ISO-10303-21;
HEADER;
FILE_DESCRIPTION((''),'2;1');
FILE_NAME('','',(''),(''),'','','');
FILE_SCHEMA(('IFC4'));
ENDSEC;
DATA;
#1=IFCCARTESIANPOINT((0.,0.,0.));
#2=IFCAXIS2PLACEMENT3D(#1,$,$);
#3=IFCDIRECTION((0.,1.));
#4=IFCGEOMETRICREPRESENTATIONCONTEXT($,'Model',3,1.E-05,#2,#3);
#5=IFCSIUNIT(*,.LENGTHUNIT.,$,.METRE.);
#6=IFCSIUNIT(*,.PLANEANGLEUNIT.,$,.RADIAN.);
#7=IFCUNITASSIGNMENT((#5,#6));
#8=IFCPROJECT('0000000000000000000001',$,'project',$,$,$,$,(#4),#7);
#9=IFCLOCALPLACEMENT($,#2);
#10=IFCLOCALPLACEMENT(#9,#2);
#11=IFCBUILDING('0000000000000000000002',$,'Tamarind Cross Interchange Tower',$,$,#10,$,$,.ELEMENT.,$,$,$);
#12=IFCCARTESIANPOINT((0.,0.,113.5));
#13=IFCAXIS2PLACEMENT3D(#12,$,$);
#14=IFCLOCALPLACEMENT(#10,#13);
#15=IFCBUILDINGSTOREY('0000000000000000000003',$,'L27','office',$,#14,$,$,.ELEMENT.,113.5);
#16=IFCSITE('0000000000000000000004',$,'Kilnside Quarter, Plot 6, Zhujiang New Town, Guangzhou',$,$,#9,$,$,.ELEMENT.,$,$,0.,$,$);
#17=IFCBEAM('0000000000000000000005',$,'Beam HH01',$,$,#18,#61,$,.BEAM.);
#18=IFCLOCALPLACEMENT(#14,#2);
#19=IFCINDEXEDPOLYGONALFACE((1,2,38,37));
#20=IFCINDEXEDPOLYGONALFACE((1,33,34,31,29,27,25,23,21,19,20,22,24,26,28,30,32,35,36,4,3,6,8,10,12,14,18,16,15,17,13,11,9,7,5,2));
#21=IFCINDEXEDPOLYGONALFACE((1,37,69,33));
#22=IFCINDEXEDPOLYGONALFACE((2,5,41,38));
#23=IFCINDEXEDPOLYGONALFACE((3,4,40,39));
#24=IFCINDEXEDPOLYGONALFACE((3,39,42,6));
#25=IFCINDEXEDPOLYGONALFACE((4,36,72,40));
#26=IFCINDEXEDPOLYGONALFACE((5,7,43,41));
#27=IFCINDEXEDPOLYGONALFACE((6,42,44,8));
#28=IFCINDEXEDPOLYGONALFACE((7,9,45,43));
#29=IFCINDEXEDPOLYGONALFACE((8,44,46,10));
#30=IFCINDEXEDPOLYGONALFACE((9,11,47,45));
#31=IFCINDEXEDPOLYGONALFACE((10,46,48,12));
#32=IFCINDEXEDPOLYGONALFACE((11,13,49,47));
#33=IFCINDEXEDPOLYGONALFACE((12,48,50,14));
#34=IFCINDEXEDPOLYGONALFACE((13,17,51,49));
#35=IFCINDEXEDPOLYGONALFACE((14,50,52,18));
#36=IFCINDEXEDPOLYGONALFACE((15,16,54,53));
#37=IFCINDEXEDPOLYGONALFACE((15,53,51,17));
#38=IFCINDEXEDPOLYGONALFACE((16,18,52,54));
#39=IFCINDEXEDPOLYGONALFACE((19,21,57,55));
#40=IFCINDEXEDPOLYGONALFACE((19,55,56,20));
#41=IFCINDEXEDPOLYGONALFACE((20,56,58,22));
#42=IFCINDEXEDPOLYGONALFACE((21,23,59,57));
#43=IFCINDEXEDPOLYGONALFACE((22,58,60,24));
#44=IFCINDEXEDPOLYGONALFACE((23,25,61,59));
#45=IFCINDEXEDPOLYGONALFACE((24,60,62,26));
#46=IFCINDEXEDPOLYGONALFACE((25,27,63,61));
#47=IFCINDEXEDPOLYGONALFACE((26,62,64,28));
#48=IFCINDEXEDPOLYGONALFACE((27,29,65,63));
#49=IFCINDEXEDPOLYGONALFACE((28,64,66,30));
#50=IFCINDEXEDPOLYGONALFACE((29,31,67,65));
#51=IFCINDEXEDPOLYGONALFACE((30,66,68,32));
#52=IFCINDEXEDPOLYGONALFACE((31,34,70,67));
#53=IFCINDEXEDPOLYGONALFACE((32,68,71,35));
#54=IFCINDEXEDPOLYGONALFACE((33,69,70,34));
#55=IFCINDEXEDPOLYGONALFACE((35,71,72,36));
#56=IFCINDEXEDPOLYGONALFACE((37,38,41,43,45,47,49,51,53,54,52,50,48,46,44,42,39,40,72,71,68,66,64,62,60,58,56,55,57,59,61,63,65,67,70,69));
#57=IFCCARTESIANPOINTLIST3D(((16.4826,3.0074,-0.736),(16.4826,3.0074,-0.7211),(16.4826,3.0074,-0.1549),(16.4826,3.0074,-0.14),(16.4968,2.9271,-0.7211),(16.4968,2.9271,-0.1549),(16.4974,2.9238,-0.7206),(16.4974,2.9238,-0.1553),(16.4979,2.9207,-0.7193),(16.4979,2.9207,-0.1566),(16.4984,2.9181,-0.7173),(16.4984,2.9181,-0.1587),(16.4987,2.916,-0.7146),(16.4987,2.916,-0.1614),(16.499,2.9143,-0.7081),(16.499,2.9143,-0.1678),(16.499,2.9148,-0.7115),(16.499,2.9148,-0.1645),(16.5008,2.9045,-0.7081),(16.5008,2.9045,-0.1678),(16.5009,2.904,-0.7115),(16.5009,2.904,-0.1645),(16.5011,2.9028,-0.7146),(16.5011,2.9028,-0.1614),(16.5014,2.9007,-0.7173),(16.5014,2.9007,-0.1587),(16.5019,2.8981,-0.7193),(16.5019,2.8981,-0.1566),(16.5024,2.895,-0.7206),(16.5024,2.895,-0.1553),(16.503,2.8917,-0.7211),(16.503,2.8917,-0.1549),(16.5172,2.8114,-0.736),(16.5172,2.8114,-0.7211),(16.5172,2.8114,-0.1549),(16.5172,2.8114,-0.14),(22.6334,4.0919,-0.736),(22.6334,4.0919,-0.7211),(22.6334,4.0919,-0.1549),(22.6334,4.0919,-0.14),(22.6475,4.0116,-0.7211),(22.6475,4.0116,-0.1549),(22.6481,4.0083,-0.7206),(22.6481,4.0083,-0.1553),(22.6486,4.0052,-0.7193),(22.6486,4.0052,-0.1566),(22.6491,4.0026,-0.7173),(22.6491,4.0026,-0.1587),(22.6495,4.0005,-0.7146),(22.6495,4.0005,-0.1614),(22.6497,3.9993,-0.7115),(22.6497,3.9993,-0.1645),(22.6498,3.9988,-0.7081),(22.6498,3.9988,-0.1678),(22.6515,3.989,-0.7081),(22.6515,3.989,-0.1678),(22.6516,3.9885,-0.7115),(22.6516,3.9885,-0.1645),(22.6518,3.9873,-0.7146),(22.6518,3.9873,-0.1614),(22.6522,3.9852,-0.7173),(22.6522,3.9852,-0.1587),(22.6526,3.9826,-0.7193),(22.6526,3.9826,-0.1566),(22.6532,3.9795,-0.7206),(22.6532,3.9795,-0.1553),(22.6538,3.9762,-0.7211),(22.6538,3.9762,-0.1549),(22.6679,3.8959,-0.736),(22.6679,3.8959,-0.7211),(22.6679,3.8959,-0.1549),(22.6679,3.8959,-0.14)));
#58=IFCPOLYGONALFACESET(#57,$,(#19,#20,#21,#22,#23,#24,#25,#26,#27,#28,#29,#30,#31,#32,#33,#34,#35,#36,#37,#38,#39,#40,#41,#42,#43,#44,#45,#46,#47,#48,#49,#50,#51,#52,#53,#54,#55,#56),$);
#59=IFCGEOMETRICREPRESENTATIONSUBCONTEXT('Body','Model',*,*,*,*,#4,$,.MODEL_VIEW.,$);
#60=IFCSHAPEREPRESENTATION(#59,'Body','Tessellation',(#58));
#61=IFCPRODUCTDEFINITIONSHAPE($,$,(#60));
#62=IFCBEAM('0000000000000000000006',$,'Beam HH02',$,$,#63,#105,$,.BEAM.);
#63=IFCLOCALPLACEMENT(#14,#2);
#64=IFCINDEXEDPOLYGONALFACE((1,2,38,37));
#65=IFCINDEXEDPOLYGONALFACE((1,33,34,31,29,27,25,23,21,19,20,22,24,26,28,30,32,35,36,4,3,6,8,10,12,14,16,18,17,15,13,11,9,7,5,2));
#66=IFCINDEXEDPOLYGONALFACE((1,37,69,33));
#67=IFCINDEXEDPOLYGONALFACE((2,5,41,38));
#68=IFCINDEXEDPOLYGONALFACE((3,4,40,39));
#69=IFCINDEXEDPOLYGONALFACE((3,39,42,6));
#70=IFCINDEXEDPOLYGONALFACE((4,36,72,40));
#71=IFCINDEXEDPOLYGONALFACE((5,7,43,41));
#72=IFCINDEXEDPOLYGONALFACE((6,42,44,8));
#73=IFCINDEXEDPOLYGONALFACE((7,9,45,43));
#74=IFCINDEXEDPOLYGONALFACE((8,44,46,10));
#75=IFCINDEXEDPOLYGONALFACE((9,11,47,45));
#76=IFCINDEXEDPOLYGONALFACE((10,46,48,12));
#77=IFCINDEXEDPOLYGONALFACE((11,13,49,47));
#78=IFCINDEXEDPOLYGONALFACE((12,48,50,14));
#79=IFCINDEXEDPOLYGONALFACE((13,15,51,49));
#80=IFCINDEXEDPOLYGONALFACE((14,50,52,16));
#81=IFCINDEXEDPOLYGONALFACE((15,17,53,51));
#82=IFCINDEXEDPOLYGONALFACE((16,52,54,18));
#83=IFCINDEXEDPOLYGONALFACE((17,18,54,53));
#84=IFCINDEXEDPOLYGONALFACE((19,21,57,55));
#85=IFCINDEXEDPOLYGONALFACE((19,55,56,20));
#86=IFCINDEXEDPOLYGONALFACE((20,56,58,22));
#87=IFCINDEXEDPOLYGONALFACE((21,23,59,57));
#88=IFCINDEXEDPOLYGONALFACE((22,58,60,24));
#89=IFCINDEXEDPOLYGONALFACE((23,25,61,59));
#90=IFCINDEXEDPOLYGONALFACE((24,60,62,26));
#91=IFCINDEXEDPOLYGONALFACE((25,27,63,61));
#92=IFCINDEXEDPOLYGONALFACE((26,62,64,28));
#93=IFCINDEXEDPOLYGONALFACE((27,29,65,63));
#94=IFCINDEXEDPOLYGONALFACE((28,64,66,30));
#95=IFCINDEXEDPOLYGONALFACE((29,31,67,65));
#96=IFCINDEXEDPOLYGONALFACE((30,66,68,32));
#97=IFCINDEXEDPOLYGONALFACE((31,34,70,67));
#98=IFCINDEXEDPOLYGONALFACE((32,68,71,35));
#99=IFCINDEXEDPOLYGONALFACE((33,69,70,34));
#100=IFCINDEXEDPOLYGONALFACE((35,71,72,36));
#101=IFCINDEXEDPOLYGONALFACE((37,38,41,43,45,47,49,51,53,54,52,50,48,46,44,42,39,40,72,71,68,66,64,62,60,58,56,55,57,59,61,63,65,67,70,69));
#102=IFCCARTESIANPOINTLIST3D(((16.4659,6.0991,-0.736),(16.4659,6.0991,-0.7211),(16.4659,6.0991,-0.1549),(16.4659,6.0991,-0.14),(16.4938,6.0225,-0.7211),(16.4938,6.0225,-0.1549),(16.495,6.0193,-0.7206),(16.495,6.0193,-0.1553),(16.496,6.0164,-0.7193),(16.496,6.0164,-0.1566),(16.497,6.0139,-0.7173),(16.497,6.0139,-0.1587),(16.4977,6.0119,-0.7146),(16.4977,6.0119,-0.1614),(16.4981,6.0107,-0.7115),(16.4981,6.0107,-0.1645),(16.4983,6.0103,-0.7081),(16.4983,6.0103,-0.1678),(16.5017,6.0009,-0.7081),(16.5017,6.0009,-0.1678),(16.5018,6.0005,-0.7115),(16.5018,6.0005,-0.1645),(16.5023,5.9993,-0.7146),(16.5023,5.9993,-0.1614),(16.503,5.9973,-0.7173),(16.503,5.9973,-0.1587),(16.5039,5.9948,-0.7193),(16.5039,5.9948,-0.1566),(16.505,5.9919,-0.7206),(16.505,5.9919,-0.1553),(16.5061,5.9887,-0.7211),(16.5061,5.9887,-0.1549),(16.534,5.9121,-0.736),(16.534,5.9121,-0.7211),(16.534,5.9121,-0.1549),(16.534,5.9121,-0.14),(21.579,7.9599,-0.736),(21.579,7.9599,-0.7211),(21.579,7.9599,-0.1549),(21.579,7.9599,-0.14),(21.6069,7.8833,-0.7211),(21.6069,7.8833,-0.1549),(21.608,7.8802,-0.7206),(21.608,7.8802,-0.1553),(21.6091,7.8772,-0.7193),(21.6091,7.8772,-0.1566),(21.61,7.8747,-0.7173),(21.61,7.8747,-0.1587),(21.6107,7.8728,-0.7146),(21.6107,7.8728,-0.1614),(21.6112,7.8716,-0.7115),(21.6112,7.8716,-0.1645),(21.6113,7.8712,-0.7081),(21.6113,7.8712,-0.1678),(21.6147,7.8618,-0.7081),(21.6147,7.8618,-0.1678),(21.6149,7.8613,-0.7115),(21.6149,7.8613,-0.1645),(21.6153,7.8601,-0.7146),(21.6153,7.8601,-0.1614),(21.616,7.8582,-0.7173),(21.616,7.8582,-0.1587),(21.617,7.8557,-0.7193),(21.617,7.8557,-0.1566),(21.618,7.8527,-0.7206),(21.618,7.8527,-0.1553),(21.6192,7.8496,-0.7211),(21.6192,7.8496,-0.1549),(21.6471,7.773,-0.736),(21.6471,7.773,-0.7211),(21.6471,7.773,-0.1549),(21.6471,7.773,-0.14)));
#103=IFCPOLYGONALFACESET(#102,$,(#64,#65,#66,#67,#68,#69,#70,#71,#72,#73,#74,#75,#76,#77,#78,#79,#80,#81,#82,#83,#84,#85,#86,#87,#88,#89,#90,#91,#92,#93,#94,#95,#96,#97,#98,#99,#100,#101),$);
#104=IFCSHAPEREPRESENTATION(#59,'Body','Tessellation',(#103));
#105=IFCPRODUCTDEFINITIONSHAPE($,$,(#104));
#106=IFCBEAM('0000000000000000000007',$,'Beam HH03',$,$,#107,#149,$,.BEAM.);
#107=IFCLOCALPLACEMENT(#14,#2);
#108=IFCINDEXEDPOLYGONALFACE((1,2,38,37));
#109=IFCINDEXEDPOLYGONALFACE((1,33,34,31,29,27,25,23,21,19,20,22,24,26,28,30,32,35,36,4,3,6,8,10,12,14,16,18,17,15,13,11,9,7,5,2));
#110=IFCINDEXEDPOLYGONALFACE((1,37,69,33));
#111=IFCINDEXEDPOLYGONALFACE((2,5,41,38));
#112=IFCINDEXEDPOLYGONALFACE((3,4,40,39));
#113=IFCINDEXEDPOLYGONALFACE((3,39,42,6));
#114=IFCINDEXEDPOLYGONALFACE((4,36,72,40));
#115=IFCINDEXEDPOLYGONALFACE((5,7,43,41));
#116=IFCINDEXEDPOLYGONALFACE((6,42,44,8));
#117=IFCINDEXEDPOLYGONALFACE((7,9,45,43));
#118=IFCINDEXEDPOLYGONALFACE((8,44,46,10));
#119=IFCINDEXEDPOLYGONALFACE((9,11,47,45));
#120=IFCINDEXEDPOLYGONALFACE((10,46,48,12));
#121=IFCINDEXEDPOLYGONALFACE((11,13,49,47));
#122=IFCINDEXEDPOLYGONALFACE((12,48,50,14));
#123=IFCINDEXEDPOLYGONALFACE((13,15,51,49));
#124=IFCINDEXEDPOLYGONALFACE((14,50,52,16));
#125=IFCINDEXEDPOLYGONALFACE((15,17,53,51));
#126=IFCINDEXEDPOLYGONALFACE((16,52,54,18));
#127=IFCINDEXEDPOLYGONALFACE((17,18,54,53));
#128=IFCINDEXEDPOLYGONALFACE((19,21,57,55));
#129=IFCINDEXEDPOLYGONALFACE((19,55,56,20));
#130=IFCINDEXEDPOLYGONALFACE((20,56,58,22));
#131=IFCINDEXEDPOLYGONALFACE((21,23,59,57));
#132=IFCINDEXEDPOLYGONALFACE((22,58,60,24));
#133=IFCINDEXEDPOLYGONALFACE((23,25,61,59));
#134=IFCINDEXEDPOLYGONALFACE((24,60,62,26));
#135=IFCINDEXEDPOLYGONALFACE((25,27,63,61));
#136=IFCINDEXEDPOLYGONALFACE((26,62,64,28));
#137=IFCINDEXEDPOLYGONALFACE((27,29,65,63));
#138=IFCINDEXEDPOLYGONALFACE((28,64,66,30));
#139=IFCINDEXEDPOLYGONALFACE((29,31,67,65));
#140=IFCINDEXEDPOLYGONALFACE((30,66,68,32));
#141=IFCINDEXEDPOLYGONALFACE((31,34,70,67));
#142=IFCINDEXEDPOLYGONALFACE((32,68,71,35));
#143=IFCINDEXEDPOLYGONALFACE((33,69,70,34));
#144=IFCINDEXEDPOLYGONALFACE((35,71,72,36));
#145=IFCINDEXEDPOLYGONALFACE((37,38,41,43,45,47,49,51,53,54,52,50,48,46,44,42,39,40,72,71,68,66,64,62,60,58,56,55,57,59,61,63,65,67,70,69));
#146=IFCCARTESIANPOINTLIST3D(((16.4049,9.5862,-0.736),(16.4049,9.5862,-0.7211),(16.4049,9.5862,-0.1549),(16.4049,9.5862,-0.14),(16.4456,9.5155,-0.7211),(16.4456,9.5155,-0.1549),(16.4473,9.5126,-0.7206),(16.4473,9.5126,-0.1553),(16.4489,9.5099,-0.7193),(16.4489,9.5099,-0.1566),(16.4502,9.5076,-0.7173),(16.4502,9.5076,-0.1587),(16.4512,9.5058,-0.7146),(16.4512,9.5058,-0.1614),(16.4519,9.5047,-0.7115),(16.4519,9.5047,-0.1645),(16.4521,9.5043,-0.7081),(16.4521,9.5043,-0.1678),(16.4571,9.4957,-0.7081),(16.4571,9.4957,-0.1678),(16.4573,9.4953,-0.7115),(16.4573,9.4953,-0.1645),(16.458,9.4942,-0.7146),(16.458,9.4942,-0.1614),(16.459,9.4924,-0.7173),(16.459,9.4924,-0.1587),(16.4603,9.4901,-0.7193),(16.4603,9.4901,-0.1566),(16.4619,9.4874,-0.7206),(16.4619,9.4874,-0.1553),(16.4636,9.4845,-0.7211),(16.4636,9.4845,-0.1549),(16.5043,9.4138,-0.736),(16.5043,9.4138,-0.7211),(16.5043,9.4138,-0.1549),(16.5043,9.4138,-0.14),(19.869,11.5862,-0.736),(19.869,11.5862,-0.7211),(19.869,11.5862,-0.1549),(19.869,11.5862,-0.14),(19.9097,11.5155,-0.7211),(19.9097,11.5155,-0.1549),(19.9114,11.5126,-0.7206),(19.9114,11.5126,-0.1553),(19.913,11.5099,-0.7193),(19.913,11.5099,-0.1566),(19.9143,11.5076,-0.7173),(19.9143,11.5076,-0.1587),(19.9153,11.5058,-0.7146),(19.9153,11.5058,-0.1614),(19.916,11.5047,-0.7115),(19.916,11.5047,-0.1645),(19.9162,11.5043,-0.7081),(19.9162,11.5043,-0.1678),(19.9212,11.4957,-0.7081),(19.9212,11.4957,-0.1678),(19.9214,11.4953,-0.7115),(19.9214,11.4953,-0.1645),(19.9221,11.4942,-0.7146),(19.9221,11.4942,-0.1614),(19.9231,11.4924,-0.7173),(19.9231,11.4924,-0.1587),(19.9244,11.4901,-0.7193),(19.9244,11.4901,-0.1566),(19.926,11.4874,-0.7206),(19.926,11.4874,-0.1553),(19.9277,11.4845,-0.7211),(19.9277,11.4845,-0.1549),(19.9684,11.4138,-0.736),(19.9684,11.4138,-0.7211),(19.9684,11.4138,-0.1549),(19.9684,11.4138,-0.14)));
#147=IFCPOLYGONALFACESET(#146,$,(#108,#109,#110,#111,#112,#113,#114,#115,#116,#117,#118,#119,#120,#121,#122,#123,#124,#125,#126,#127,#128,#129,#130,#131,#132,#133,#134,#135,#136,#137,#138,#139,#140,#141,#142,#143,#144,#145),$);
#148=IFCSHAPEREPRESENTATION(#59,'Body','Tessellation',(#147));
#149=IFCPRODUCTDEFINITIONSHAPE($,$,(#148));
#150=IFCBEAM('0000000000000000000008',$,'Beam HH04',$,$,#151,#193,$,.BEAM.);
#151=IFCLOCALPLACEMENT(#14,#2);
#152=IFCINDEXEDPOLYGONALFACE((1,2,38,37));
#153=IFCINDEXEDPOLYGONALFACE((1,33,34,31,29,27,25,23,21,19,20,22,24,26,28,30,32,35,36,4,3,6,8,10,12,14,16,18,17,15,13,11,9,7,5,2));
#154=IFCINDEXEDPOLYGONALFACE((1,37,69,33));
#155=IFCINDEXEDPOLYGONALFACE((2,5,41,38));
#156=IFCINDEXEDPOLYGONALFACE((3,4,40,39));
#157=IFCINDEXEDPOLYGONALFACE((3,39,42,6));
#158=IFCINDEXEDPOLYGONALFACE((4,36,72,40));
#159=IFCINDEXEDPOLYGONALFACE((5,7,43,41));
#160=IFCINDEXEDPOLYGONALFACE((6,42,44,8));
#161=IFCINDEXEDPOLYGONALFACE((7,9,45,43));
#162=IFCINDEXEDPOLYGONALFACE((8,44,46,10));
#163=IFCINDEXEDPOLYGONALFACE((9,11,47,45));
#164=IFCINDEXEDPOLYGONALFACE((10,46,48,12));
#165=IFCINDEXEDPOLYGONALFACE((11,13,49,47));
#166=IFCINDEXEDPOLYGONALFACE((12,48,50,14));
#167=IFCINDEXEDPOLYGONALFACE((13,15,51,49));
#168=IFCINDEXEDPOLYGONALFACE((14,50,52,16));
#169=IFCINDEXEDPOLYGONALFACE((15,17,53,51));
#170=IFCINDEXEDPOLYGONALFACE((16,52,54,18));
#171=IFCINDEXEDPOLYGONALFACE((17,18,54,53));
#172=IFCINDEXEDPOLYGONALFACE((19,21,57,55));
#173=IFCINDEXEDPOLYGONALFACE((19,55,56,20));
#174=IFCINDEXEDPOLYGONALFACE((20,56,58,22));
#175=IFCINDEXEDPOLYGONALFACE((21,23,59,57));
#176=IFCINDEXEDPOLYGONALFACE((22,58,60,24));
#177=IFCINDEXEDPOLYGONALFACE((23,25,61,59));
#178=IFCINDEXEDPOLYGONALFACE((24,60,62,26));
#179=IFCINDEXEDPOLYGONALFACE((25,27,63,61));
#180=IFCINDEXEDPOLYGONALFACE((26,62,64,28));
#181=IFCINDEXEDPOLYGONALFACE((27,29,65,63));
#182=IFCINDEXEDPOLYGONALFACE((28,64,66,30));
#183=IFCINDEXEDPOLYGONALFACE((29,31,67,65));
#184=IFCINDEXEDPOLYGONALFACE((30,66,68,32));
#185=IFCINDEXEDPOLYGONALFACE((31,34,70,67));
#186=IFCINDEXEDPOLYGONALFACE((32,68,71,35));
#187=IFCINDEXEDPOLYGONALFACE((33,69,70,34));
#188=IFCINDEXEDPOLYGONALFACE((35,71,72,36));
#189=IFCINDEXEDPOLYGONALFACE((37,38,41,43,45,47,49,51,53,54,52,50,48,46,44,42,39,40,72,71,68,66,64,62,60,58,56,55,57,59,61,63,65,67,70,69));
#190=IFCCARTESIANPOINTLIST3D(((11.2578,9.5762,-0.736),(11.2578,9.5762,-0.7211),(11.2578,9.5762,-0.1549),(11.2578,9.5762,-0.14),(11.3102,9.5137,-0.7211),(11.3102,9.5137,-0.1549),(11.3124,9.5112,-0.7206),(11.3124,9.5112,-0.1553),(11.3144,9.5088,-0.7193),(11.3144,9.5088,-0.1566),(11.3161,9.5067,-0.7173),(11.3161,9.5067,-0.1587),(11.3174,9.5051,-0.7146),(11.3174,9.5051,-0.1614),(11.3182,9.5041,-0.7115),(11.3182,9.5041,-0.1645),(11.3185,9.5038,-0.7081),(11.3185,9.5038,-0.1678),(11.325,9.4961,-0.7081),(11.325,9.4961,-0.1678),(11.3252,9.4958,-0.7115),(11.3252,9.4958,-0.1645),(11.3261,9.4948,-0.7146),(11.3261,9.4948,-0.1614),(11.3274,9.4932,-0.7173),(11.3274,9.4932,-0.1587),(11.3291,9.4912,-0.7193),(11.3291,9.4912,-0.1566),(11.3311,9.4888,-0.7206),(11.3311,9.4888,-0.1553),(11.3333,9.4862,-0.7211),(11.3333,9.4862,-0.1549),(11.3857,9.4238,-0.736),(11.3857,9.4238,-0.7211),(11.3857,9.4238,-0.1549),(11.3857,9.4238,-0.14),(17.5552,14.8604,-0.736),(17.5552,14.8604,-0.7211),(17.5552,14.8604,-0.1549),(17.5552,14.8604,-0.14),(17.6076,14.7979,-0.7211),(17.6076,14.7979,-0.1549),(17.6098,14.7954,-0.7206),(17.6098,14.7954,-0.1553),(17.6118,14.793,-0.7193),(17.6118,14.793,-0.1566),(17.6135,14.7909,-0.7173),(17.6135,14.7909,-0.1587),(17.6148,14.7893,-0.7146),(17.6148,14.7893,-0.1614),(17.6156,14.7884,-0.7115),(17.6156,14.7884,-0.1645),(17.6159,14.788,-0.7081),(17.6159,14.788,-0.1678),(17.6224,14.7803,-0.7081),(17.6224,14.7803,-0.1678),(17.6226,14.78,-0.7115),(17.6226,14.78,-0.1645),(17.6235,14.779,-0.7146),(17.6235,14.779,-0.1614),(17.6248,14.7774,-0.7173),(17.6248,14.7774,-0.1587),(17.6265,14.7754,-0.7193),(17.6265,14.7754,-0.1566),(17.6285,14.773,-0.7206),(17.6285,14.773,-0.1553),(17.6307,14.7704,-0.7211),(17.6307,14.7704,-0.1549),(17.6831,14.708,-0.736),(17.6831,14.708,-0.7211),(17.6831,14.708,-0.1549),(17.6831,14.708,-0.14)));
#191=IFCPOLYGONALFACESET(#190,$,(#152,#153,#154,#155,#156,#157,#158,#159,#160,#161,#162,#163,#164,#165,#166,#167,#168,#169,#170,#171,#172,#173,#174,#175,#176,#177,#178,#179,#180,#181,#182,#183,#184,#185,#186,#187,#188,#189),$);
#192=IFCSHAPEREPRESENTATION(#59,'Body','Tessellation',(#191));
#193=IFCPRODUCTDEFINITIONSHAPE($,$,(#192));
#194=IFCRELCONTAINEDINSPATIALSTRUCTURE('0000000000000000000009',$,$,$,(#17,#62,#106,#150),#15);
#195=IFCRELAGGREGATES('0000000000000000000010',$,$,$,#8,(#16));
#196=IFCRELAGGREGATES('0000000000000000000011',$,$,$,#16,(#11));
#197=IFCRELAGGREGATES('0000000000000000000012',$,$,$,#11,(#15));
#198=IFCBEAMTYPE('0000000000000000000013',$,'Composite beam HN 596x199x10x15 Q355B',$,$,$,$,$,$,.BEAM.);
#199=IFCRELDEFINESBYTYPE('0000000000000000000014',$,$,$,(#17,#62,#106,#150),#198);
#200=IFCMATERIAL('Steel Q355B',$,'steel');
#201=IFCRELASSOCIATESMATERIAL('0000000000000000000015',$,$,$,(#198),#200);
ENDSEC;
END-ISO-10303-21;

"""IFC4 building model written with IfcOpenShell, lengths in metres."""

from ifc_helpers import new_model, si_unit, direction, frame, origin, origin_2d, place, context, subcontext, project, spatial, i_section, extrude, material, material_profile, profile_set, type_object, element, save


model = new_model("IFC4")

# Units and contexts
model_context = context("Model", 3, precision=1e-05, world=origin(), true_north=direction((0.0, 1.0)))
body_context = subcontext(model_context, "Body", "Model", "MODEL_VIEW")
ifc_project = project(units=[si_unit("LENGTHUNIT", "METRE"), si_unit("PLANEANGLEUNIT", "RADIAN")], contexts=[model_context])

# Site, building, storey
site_placement = place(None, origin())
site = spatial("IfcSite", under=ifc_project, at=site_placement, Name="Kilnside Quarter, Plot 6, Zhujiang New Town, Guangzhou", CompositionType="ELEMENT", RefElevation=0.0)
building_placement = place(site_placement, origin())
building = spatial("IfcBuilding", under=site, at=building_placement, Name="Tamarind Cross Interchange Tower", CompositionType="ELEMENT")
storey_placement = place(building_placement, frame((0.0, 0.0, 113.5)))
storey = spatial("IfcBuildingStorey", under=building, at=storey_placement, Name="L27", Description="office", CompositionType="ELEMENT", Elevation=113.5)

# Beams
ifc_material_1 = material(Name="Steel Q355B", Category="steel")
ifc_material_profile_1 = material_profile(ifc_material_1, i_section(OverallWidth=0.199, OverallDepth=0.5959, WebThickness=0.01, FlangeThickness=0.0149, FilletRadius=0.0129, at=origin_2d()), Name="HN 596x199x10x15")
ifc_profile_set_1 = profile_set([ifc_material_profile_1], Name="Steel Q355B")
beam_type = type_object("IfcBeamType", Name="Composite beam HN 596x199x10x15 Q355B", PredefinedType="BEAM", material=ifc_profile_set_1)
beam_1_placement = place(storey_placement, frame((22.6506, 3.9939, -0.438), z_axis=(-0.984809, -0.17364, 0.0), x_axis=(0.17364, -0.984809, 0.0)))
element("IfcBeam", 1, at=beam_1_placement, inside=storey, type_object=beam_type, Name="Beam HH01", PredefinedType="BEAM", context=body_context, shape_type="SweptSolid", body=[
    extrude(i_section(OverallWidth=0.199, OverallDepth=0.5959, WebThickness=0.01, FlangeThickness=0.0149, FilletRadius=0.0129, at=origin_2d()), origin(), (0.0, 0.0, 1.0), 6.2456),
])
beam_2_placement = place(storey_placement, frame((21.613, 7.8665, -0.438), z_axis=(-0.939702, -0.341995, 0.0), x_axis=(0.341995, -0.939702, 0.0)))
element("IfcBeam", 2, at=beam_2_placement, inside=storey, type_object=beam_type, Name="Beam HH02", PredefinedType="BEAM", context=body_context, shape_type="SweptSolid", body=[
    extrude(i_section(OverallWidth=0.199, OverallDepth=0.5959, WebThickness=0.01, FlangeThickness=0.0149, FilletRadius=0.0129, at=origin_2d()), origin(), (0.0, 0.0, 1.0), 5.4412),
])
beam_3_placement = place(storey_placement, frame((19.9187, 11.5, -0.438), z_axis=(-0.866026, -0.499999, 0.0), x_axis=(0.499999, -0.866026, 0.0)))
element("IfcBeam", 3, at=beam_3_placement, inside=storey, type_object=beam_type, Name="Beam HH03", PredefinedType="BEAM", context=body_context, shape_type="SweptSolid", body=[
    extrude(i_section(OverallWidth=0.199, OverallDepth=0.5959, WebThickness=0.01, FlangeThickness=0.0149, FilletRadius=0.0129, at=origin_2d()), origin(), (0.0, 0.0, 1.0), 4.0),
])
beam_4_placement = place(storey_placement, frame((17.6191, 14.7842, -0.438), z_axis=(-0.766041, -0.642792, 0.0), x_axis=(0.642792, -0.766041, 0.0)))
element("IfcBeam", 4, at=beam_4_placement, inside=storey, type_object=beam_type, Name="Beam HH04", PredefinedType="BEAM", context=body_context, shape_type="SweptSolid", body=[
    extrude(i_section(OverallWidth=0.199, OverallDepth=0.5959, WebThickness=0.01, FlangeThickness=0.0149, FilletRadius=0.0129, at=origin_2d()), origin(), (0.0, 0.0, 1.0), 8.2207),
])

save(model, "model.ifc")
